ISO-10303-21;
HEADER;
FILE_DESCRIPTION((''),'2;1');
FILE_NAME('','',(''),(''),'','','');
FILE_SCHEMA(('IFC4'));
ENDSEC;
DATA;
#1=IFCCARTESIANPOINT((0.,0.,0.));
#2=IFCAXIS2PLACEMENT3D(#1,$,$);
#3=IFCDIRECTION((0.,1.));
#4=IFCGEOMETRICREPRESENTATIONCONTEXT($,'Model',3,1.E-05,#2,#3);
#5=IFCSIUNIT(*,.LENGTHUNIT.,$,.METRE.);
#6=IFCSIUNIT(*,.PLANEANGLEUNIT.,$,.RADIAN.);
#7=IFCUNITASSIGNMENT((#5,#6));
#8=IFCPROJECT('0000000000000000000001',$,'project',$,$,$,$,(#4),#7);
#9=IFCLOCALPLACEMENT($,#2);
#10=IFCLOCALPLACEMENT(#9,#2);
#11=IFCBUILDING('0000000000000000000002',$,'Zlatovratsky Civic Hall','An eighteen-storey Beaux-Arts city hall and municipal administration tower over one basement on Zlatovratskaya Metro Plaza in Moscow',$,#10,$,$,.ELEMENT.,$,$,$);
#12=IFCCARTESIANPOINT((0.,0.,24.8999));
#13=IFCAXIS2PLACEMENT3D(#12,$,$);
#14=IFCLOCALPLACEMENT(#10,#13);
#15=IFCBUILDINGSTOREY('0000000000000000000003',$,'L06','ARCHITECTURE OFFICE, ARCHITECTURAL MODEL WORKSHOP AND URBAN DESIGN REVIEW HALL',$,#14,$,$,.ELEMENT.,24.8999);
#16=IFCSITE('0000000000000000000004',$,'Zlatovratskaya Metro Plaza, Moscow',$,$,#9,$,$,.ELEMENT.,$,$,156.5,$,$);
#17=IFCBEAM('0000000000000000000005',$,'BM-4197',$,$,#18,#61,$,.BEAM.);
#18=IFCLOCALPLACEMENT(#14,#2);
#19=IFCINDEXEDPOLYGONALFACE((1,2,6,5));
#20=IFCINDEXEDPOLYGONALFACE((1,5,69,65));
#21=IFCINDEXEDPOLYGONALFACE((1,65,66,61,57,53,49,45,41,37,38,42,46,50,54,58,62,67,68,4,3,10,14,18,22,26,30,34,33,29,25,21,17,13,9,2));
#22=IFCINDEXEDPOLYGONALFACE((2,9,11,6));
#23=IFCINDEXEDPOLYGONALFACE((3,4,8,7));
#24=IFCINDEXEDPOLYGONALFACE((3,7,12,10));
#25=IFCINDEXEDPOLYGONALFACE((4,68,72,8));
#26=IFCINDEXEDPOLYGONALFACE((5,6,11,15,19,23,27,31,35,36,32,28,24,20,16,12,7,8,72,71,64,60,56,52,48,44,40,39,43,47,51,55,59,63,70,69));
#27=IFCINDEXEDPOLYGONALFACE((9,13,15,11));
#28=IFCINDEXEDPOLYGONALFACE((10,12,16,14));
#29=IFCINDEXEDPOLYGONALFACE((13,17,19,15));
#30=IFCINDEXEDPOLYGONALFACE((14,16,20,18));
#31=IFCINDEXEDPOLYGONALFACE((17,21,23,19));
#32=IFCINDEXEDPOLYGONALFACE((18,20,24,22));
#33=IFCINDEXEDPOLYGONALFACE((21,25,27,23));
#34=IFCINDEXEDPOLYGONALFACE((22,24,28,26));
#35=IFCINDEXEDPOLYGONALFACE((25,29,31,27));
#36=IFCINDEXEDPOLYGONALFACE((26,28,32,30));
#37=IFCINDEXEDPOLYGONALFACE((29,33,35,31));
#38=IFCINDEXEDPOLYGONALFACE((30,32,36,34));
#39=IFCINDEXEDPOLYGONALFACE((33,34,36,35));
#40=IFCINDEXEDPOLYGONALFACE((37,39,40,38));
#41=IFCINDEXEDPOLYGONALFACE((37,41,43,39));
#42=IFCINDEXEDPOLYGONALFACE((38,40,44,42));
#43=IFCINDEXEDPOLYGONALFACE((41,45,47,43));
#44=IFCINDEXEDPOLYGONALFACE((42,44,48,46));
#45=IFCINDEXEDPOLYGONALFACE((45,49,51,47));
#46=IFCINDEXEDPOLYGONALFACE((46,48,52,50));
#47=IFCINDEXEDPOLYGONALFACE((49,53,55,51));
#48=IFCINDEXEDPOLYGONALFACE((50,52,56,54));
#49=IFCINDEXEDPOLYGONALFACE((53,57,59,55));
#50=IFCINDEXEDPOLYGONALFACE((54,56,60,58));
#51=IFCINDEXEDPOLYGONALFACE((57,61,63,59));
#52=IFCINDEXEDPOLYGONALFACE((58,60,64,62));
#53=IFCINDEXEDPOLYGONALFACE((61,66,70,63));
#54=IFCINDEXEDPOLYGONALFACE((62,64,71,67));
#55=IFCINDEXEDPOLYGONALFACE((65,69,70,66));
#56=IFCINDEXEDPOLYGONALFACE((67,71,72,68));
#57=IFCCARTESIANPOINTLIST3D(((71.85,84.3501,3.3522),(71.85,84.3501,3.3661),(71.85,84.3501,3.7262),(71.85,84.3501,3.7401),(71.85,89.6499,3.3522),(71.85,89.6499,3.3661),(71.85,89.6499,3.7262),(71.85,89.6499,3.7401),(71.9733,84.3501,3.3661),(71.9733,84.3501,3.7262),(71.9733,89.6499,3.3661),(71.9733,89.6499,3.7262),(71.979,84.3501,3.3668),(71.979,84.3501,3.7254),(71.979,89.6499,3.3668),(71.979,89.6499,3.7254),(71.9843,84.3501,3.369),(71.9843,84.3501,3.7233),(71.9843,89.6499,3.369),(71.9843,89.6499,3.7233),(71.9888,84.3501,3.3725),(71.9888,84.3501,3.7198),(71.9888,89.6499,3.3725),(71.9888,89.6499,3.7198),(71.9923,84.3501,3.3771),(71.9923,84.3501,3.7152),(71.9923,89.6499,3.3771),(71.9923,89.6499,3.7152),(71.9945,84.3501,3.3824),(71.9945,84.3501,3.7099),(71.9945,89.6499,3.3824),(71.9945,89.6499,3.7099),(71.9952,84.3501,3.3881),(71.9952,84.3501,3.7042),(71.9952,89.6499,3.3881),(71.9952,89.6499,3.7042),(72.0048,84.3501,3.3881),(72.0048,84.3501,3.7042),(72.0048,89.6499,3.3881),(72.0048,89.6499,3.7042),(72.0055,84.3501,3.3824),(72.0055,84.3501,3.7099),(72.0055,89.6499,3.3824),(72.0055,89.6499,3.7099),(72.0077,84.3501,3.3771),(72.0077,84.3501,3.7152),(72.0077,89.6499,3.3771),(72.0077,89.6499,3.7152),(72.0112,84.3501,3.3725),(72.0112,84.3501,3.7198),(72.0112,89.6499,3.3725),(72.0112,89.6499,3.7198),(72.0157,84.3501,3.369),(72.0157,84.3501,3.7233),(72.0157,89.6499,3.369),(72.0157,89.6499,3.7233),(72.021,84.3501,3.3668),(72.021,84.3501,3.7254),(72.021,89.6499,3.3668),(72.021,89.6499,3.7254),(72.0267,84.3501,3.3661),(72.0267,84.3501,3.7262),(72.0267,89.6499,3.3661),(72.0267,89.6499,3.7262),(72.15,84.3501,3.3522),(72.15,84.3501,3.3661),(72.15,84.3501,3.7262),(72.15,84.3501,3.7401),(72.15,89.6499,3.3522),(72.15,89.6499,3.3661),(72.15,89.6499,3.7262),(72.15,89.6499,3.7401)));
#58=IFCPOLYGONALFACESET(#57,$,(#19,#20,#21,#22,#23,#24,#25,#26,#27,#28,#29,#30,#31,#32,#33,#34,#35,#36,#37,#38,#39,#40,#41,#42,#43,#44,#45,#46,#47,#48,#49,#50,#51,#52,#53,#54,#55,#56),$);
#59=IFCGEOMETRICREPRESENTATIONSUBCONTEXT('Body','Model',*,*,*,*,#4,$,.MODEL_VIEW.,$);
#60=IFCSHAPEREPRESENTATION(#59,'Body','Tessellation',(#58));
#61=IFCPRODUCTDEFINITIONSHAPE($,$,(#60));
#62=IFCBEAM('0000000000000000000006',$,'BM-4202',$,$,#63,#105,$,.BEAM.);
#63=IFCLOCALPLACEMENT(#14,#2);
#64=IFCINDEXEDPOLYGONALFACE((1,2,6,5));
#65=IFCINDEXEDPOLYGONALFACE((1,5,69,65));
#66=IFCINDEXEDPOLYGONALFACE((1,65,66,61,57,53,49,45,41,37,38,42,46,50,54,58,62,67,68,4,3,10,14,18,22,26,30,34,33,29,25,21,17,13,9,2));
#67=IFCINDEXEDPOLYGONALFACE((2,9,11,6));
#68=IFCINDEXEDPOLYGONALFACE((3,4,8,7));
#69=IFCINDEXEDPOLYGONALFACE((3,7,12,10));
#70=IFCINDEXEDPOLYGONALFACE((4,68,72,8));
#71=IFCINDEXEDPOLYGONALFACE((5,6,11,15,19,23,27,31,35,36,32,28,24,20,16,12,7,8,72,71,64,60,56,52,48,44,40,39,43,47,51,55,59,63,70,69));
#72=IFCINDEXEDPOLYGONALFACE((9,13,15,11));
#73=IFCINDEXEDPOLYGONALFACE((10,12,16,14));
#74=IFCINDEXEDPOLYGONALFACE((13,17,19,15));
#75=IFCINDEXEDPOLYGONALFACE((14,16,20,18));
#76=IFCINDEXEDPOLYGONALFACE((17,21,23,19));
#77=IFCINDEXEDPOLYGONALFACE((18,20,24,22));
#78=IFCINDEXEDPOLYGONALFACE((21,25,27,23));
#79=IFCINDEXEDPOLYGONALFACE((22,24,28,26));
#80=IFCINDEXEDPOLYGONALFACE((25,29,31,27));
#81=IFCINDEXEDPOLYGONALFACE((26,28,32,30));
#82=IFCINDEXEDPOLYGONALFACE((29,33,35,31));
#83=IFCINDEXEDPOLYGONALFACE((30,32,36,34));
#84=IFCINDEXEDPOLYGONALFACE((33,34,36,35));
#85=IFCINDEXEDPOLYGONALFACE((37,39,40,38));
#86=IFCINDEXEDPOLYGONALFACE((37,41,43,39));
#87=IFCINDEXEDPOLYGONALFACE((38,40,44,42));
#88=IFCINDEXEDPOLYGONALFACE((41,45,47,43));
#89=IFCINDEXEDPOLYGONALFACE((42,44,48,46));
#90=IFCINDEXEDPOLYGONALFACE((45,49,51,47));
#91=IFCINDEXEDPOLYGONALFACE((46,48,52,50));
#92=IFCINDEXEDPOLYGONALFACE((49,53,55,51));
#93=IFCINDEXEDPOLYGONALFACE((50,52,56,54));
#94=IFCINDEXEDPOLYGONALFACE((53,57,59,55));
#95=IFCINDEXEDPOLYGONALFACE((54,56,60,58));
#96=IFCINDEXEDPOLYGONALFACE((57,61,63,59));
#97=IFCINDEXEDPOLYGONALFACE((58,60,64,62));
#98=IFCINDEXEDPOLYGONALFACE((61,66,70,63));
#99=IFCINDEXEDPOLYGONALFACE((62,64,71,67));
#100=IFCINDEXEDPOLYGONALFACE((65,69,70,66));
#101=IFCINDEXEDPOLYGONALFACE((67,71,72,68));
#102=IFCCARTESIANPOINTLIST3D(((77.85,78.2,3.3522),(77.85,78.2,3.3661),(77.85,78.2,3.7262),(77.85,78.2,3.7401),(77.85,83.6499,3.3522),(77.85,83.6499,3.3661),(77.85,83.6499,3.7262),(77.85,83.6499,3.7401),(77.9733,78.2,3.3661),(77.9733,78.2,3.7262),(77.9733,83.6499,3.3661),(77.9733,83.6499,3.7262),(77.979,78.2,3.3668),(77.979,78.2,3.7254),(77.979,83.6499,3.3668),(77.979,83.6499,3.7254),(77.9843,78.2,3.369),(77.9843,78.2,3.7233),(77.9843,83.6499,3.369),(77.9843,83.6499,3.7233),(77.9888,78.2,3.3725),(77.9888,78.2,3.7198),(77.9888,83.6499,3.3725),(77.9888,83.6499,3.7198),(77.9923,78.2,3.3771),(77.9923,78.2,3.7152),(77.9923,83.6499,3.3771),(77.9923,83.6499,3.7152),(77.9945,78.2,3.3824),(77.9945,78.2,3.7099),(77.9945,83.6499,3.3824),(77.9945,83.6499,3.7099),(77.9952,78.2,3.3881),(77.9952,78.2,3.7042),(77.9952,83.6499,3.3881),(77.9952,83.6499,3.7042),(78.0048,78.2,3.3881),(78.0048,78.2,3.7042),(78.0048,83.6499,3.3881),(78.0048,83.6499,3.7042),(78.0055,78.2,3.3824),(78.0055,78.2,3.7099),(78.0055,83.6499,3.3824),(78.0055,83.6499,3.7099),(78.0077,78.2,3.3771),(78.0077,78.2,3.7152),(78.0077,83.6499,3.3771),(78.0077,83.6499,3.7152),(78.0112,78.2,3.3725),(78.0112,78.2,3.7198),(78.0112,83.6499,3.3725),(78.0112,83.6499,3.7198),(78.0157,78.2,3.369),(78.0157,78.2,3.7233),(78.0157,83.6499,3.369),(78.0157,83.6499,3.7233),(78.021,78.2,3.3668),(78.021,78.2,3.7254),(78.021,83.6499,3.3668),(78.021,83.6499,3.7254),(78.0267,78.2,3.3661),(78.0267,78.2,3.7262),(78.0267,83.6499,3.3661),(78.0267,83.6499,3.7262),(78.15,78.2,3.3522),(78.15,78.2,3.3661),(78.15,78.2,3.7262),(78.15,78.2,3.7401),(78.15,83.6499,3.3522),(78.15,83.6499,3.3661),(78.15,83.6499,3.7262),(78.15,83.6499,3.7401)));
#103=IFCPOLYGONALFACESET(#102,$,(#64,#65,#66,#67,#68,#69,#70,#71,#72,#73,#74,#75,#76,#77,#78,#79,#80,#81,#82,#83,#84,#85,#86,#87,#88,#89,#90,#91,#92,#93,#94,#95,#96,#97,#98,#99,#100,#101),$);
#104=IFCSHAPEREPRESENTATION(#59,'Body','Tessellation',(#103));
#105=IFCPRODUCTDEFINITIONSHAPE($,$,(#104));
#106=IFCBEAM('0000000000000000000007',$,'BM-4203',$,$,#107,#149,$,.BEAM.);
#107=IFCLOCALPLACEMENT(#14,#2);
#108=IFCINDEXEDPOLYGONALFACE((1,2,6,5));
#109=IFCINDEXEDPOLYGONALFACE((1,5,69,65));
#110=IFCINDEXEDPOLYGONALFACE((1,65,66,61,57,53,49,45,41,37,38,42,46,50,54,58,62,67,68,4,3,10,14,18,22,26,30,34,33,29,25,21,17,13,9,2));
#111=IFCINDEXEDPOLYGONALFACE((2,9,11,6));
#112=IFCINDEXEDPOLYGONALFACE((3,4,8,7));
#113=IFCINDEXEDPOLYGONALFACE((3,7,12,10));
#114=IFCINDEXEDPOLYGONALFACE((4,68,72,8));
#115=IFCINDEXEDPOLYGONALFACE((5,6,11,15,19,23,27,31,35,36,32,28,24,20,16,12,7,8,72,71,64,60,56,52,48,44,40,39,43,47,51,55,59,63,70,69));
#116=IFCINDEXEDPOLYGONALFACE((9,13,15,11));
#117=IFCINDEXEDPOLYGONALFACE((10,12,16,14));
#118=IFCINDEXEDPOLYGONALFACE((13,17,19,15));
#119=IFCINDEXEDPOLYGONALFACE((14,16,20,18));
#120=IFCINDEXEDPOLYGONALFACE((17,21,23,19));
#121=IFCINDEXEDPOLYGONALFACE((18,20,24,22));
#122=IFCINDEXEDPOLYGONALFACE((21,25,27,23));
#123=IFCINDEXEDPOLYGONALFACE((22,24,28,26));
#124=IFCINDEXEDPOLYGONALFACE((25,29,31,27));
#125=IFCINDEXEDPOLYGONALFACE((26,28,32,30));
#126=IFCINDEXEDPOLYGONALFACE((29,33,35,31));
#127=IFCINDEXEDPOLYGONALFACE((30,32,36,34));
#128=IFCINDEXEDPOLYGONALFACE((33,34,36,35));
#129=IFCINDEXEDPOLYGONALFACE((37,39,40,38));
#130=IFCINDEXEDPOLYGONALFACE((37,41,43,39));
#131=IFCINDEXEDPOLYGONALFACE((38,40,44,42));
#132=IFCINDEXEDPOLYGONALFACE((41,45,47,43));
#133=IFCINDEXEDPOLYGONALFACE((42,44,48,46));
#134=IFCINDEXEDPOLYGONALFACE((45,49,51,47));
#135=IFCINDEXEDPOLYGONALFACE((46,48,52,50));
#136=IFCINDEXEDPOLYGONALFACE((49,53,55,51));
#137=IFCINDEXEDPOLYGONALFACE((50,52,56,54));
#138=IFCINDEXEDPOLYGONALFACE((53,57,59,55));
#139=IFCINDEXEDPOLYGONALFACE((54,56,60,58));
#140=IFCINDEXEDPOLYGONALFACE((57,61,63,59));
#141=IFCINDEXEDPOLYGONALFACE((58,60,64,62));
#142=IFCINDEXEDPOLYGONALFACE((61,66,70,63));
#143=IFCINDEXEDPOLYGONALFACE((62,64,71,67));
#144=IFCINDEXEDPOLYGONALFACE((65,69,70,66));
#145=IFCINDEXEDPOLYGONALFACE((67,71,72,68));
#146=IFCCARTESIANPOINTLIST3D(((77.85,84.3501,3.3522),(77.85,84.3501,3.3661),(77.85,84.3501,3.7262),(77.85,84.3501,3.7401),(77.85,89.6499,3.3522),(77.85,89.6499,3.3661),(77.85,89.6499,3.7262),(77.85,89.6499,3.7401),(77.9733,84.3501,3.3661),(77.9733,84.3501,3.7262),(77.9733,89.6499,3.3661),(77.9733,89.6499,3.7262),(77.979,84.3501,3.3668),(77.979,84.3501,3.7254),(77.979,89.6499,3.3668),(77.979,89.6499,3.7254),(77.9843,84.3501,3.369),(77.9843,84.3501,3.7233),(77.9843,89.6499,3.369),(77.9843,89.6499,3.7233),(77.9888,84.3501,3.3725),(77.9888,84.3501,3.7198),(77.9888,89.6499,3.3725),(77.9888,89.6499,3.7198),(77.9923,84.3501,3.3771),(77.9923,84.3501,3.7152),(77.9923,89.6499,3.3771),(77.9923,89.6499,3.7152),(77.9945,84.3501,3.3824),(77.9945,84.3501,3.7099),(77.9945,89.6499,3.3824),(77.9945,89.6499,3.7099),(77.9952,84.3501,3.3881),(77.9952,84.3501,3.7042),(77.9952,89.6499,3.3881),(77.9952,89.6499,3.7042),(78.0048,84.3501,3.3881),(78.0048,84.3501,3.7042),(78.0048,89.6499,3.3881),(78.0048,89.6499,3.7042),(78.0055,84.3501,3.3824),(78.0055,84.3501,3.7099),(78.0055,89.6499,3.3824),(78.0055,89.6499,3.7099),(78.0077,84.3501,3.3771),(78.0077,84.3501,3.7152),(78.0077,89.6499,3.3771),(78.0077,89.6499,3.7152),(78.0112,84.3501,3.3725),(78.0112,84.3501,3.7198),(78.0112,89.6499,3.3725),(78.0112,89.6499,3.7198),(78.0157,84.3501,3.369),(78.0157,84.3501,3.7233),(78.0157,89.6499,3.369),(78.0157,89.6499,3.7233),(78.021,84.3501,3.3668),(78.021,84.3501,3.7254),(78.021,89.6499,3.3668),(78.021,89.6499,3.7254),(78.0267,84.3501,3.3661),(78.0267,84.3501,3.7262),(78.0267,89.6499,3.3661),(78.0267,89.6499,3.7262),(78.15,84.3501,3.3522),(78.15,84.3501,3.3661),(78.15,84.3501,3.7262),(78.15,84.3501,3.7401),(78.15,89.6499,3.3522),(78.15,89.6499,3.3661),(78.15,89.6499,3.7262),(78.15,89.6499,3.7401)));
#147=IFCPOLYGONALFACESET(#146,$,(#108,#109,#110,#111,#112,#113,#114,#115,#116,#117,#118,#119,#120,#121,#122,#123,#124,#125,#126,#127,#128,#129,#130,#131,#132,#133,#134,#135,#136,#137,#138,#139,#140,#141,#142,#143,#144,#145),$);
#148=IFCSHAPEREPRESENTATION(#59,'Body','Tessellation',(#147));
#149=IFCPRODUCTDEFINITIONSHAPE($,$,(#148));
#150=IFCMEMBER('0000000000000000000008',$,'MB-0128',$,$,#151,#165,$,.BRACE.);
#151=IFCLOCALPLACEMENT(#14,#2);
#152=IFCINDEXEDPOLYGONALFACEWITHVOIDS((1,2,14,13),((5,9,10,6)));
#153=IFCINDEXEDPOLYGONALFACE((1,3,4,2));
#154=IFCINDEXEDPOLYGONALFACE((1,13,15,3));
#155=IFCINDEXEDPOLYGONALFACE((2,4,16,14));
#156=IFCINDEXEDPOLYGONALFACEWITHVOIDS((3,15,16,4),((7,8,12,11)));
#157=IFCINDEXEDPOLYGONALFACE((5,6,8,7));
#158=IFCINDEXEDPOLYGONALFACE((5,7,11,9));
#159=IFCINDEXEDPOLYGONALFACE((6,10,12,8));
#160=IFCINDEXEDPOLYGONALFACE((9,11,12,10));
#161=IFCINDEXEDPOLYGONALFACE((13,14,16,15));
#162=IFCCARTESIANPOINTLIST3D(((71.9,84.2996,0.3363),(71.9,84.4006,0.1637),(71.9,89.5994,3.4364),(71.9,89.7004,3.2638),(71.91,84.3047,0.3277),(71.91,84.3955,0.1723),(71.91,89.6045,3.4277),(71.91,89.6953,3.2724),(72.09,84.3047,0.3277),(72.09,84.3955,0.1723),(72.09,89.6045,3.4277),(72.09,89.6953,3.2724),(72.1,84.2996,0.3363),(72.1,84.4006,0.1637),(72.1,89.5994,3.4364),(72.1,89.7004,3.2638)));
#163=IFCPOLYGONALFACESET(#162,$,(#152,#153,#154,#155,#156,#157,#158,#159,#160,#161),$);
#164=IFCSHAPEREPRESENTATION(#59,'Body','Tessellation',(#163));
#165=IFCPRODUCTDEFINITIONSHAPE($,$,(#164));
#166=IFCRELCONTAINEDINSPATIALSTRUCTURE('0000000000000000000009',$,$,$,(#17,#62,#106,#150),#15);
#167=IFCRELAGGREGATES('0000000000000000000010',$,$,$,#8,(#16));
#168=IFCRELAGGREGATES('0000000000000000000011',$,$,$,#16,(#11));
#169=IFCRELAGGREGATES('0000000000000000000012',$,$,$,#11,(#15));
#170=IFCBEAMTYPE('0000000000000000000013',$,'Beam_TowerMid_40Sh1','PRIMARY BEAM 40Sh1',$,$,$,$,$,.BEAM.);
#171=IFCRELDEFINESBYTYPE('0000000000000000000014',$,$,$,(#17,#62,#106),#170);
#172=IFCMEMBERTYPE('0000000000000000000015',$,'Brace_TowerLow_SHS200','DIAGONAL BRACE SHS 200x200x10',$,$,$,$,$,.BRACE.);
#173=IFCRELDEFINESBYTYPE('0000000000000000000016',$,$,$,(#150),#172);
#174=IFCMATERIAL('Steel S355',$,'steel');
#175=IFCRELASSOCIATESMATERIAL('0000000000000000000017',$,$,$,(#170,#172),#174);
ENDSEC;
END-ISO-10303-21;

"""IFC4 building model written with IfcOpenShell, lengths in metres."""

from ifc_helpers import new_model, si_unit, direction, frame, origin, origin_2d, place, context, subcontext, project, spatial, hollow_rectangle, i_section, extrude, material, material_profile, profile_set, type_object, element, save


model = new_model("IFC4")

# Units and contexts
model_context = context("Model", 3, precision=1e-05, world=origin(), true_north=direction((0.0, 1.0)))
body_context = subcontext(model_context, "Body", "Model", "MODEL_VIEW")
ifc_project = project(units=[si_unit("LENGTHUNIT", "METRE"), si_unit("PLANEANGLEUNIT", "RADIAN")], contexts=[model_context])

# Site, building, storey
site_placement = place(None, origin())
site = spatial("IfcSite", under=ifc_project, at=site_placement, Name="Zlatovratskaya Metro Plaza, Moscow", CompositionType="ELEMENT", RefElevation=156.5)
building_placement = place(site_placement, origin())
building = spatial("IfcBuilding", under=site, at=building_placement, Name="Zlatovratsky Civic Hall", Description="An eighteen-storey Beaux-Arts city hall and municipal administration tower over one basement on Zlatovratskaya Metro Plaza in Moscow", CompositionType="ELEMENT")
storey_placement = place(building_placement, frame((0.0, 0.0, 24.8999)))
storey = spatial("IfcBuildingStorey", under=building, at=storey_placement, Name="L06", Description="ARCHITECTURE OFFICE, ARCHITECTURAL MODEL WORKSHOP AND URBAN DESIGN REVIEW HALL", CompositionType="ELEMENT", Elevation=24.8999)

# Shared definitions
ifc_material_1 = material(Name="Steel S355", Category="steel")

# Beams
ifc_material_profile_1 = material_profile(ifc_material_1, i_section(OverallWidth=0.3, OverallDepth=0.3879, WebThickness=0.0095, FlangeThickness=0.0139, FilletRadius=0.022, at=origin_2d()), Name="40Sh1")
ifc_profile_set_1 = profile_set([ifc_material_profile_1], Name="Steel S355")
beam_type = type_object("IfcBeamType", Name="Beam_TowerMid_40Sh1", Description="PRIMARY BEAM 40Sh1", PredefinedType="BEAM", material=ifc_profile_set_1)
beam_1_placement = place(storey_placement, frame((72.0, 84.3501, 3.5461), z_axis=(0.0, 1.0, 0.0), x_axis=(-1.0, 0.0, 0.0)))
element("IfcBeam", 1, at=beam_1_placement, inside=storey, type_object=beam_type, Name="BM-4197", PredefinedType="BEAM", context=body_context, shape_type="SweptSolid", body=[
    extrude(i_section(OverallWidth=0.3, OverallDepth=0.3879, WebThickness=0.0095, FlangeThickness=0.0139, FilletRadius=0.022, at=origin_2d()), origin(), (0.0, 0.0, 1.0), 5.2998),
])
beam_2_placement = place(storey_placement, frame((78.0, 78.2, 3.5461), z_axis=(0.0, 1.0, 0.0), x_axis=(-1.0, 0.0, 0.0)))
element("IfcBeam", 2, at=beam_2_placement, inside=storey, type_object=beam_type, Name="BM-4202", PredefinedType="BEAM", context=body_context, shape_type="SweptSolid", body=[
    extrude(i_section(OverallWidth=0.3, OverallDepth=0.3879, WebThickness=0.0095, FlangeThickness=0.0139, FilletRadius=0.022, at=origin_2d()), origin(), (0.0, 0.0, 1.0), 5.45),
])
beam_3_placement = place(storey_placement, frame((78.0, 84.3501, 3.5461), z_axis=(0.0, 1.0, 0.0), x_axis=(-1.0, 0.0, 0.0)))
element("IfcBeam", 3, at=beam_3_placement, inside=storey, type_object=beam_type, Name="BM-4203", PredefinedType="BEAM", context=body_context, shape_type="SweptSolid", body=[
    extrude(i_section(OverallWidth=0.3, OverallDepth=0.3879, WebThickness=0.0095, FlangeThickness=0.0139, FilletRadius=0.022, at=origin_2d()), origin(), (0.0, 0.0, 1.0), 5.2998),
])

# Member
ifc_material_profile_2 = material_profile(ifc_material_1, hollow_rectangle(XDim=0.2, YDim=0.2, WallThickness=0.01, at=origin_2d()), Name="SHS 200x200x10")
ifc_profile_set_2 = profile_set([ifc_material_profile_2], Name="Steel S355")
member_type = type_object("IfcMemberType", Name="Brace_TowerLow_SHS200", Description="DIAGONAL BRACE SHS 200x200x10", PredefinedType="BRACE", material=ifc_profile_set_2)
member_placement = place(storey_placement, frame((72.0, 84.3501, 0.25), z_axis=(0.0, 0.863173, 0.504909), x_axis=(-1.0, 0.0, 0.0)))
element("IfcMember", 4, at=member_placement, inside=storey, type_object=member_type, Name="MB-0128", PredefinedType="BRACE", context=body_context, shape_type="SweptSolid", body=[
    extrude(hollow_rectangle(XDim=0.2, YDim=0.2, WallThickness=0.01, at=origin_2d()), origin(), (0.0, 0.0, 1.0), 6.1399),
])

save(model, "model.ifc")
